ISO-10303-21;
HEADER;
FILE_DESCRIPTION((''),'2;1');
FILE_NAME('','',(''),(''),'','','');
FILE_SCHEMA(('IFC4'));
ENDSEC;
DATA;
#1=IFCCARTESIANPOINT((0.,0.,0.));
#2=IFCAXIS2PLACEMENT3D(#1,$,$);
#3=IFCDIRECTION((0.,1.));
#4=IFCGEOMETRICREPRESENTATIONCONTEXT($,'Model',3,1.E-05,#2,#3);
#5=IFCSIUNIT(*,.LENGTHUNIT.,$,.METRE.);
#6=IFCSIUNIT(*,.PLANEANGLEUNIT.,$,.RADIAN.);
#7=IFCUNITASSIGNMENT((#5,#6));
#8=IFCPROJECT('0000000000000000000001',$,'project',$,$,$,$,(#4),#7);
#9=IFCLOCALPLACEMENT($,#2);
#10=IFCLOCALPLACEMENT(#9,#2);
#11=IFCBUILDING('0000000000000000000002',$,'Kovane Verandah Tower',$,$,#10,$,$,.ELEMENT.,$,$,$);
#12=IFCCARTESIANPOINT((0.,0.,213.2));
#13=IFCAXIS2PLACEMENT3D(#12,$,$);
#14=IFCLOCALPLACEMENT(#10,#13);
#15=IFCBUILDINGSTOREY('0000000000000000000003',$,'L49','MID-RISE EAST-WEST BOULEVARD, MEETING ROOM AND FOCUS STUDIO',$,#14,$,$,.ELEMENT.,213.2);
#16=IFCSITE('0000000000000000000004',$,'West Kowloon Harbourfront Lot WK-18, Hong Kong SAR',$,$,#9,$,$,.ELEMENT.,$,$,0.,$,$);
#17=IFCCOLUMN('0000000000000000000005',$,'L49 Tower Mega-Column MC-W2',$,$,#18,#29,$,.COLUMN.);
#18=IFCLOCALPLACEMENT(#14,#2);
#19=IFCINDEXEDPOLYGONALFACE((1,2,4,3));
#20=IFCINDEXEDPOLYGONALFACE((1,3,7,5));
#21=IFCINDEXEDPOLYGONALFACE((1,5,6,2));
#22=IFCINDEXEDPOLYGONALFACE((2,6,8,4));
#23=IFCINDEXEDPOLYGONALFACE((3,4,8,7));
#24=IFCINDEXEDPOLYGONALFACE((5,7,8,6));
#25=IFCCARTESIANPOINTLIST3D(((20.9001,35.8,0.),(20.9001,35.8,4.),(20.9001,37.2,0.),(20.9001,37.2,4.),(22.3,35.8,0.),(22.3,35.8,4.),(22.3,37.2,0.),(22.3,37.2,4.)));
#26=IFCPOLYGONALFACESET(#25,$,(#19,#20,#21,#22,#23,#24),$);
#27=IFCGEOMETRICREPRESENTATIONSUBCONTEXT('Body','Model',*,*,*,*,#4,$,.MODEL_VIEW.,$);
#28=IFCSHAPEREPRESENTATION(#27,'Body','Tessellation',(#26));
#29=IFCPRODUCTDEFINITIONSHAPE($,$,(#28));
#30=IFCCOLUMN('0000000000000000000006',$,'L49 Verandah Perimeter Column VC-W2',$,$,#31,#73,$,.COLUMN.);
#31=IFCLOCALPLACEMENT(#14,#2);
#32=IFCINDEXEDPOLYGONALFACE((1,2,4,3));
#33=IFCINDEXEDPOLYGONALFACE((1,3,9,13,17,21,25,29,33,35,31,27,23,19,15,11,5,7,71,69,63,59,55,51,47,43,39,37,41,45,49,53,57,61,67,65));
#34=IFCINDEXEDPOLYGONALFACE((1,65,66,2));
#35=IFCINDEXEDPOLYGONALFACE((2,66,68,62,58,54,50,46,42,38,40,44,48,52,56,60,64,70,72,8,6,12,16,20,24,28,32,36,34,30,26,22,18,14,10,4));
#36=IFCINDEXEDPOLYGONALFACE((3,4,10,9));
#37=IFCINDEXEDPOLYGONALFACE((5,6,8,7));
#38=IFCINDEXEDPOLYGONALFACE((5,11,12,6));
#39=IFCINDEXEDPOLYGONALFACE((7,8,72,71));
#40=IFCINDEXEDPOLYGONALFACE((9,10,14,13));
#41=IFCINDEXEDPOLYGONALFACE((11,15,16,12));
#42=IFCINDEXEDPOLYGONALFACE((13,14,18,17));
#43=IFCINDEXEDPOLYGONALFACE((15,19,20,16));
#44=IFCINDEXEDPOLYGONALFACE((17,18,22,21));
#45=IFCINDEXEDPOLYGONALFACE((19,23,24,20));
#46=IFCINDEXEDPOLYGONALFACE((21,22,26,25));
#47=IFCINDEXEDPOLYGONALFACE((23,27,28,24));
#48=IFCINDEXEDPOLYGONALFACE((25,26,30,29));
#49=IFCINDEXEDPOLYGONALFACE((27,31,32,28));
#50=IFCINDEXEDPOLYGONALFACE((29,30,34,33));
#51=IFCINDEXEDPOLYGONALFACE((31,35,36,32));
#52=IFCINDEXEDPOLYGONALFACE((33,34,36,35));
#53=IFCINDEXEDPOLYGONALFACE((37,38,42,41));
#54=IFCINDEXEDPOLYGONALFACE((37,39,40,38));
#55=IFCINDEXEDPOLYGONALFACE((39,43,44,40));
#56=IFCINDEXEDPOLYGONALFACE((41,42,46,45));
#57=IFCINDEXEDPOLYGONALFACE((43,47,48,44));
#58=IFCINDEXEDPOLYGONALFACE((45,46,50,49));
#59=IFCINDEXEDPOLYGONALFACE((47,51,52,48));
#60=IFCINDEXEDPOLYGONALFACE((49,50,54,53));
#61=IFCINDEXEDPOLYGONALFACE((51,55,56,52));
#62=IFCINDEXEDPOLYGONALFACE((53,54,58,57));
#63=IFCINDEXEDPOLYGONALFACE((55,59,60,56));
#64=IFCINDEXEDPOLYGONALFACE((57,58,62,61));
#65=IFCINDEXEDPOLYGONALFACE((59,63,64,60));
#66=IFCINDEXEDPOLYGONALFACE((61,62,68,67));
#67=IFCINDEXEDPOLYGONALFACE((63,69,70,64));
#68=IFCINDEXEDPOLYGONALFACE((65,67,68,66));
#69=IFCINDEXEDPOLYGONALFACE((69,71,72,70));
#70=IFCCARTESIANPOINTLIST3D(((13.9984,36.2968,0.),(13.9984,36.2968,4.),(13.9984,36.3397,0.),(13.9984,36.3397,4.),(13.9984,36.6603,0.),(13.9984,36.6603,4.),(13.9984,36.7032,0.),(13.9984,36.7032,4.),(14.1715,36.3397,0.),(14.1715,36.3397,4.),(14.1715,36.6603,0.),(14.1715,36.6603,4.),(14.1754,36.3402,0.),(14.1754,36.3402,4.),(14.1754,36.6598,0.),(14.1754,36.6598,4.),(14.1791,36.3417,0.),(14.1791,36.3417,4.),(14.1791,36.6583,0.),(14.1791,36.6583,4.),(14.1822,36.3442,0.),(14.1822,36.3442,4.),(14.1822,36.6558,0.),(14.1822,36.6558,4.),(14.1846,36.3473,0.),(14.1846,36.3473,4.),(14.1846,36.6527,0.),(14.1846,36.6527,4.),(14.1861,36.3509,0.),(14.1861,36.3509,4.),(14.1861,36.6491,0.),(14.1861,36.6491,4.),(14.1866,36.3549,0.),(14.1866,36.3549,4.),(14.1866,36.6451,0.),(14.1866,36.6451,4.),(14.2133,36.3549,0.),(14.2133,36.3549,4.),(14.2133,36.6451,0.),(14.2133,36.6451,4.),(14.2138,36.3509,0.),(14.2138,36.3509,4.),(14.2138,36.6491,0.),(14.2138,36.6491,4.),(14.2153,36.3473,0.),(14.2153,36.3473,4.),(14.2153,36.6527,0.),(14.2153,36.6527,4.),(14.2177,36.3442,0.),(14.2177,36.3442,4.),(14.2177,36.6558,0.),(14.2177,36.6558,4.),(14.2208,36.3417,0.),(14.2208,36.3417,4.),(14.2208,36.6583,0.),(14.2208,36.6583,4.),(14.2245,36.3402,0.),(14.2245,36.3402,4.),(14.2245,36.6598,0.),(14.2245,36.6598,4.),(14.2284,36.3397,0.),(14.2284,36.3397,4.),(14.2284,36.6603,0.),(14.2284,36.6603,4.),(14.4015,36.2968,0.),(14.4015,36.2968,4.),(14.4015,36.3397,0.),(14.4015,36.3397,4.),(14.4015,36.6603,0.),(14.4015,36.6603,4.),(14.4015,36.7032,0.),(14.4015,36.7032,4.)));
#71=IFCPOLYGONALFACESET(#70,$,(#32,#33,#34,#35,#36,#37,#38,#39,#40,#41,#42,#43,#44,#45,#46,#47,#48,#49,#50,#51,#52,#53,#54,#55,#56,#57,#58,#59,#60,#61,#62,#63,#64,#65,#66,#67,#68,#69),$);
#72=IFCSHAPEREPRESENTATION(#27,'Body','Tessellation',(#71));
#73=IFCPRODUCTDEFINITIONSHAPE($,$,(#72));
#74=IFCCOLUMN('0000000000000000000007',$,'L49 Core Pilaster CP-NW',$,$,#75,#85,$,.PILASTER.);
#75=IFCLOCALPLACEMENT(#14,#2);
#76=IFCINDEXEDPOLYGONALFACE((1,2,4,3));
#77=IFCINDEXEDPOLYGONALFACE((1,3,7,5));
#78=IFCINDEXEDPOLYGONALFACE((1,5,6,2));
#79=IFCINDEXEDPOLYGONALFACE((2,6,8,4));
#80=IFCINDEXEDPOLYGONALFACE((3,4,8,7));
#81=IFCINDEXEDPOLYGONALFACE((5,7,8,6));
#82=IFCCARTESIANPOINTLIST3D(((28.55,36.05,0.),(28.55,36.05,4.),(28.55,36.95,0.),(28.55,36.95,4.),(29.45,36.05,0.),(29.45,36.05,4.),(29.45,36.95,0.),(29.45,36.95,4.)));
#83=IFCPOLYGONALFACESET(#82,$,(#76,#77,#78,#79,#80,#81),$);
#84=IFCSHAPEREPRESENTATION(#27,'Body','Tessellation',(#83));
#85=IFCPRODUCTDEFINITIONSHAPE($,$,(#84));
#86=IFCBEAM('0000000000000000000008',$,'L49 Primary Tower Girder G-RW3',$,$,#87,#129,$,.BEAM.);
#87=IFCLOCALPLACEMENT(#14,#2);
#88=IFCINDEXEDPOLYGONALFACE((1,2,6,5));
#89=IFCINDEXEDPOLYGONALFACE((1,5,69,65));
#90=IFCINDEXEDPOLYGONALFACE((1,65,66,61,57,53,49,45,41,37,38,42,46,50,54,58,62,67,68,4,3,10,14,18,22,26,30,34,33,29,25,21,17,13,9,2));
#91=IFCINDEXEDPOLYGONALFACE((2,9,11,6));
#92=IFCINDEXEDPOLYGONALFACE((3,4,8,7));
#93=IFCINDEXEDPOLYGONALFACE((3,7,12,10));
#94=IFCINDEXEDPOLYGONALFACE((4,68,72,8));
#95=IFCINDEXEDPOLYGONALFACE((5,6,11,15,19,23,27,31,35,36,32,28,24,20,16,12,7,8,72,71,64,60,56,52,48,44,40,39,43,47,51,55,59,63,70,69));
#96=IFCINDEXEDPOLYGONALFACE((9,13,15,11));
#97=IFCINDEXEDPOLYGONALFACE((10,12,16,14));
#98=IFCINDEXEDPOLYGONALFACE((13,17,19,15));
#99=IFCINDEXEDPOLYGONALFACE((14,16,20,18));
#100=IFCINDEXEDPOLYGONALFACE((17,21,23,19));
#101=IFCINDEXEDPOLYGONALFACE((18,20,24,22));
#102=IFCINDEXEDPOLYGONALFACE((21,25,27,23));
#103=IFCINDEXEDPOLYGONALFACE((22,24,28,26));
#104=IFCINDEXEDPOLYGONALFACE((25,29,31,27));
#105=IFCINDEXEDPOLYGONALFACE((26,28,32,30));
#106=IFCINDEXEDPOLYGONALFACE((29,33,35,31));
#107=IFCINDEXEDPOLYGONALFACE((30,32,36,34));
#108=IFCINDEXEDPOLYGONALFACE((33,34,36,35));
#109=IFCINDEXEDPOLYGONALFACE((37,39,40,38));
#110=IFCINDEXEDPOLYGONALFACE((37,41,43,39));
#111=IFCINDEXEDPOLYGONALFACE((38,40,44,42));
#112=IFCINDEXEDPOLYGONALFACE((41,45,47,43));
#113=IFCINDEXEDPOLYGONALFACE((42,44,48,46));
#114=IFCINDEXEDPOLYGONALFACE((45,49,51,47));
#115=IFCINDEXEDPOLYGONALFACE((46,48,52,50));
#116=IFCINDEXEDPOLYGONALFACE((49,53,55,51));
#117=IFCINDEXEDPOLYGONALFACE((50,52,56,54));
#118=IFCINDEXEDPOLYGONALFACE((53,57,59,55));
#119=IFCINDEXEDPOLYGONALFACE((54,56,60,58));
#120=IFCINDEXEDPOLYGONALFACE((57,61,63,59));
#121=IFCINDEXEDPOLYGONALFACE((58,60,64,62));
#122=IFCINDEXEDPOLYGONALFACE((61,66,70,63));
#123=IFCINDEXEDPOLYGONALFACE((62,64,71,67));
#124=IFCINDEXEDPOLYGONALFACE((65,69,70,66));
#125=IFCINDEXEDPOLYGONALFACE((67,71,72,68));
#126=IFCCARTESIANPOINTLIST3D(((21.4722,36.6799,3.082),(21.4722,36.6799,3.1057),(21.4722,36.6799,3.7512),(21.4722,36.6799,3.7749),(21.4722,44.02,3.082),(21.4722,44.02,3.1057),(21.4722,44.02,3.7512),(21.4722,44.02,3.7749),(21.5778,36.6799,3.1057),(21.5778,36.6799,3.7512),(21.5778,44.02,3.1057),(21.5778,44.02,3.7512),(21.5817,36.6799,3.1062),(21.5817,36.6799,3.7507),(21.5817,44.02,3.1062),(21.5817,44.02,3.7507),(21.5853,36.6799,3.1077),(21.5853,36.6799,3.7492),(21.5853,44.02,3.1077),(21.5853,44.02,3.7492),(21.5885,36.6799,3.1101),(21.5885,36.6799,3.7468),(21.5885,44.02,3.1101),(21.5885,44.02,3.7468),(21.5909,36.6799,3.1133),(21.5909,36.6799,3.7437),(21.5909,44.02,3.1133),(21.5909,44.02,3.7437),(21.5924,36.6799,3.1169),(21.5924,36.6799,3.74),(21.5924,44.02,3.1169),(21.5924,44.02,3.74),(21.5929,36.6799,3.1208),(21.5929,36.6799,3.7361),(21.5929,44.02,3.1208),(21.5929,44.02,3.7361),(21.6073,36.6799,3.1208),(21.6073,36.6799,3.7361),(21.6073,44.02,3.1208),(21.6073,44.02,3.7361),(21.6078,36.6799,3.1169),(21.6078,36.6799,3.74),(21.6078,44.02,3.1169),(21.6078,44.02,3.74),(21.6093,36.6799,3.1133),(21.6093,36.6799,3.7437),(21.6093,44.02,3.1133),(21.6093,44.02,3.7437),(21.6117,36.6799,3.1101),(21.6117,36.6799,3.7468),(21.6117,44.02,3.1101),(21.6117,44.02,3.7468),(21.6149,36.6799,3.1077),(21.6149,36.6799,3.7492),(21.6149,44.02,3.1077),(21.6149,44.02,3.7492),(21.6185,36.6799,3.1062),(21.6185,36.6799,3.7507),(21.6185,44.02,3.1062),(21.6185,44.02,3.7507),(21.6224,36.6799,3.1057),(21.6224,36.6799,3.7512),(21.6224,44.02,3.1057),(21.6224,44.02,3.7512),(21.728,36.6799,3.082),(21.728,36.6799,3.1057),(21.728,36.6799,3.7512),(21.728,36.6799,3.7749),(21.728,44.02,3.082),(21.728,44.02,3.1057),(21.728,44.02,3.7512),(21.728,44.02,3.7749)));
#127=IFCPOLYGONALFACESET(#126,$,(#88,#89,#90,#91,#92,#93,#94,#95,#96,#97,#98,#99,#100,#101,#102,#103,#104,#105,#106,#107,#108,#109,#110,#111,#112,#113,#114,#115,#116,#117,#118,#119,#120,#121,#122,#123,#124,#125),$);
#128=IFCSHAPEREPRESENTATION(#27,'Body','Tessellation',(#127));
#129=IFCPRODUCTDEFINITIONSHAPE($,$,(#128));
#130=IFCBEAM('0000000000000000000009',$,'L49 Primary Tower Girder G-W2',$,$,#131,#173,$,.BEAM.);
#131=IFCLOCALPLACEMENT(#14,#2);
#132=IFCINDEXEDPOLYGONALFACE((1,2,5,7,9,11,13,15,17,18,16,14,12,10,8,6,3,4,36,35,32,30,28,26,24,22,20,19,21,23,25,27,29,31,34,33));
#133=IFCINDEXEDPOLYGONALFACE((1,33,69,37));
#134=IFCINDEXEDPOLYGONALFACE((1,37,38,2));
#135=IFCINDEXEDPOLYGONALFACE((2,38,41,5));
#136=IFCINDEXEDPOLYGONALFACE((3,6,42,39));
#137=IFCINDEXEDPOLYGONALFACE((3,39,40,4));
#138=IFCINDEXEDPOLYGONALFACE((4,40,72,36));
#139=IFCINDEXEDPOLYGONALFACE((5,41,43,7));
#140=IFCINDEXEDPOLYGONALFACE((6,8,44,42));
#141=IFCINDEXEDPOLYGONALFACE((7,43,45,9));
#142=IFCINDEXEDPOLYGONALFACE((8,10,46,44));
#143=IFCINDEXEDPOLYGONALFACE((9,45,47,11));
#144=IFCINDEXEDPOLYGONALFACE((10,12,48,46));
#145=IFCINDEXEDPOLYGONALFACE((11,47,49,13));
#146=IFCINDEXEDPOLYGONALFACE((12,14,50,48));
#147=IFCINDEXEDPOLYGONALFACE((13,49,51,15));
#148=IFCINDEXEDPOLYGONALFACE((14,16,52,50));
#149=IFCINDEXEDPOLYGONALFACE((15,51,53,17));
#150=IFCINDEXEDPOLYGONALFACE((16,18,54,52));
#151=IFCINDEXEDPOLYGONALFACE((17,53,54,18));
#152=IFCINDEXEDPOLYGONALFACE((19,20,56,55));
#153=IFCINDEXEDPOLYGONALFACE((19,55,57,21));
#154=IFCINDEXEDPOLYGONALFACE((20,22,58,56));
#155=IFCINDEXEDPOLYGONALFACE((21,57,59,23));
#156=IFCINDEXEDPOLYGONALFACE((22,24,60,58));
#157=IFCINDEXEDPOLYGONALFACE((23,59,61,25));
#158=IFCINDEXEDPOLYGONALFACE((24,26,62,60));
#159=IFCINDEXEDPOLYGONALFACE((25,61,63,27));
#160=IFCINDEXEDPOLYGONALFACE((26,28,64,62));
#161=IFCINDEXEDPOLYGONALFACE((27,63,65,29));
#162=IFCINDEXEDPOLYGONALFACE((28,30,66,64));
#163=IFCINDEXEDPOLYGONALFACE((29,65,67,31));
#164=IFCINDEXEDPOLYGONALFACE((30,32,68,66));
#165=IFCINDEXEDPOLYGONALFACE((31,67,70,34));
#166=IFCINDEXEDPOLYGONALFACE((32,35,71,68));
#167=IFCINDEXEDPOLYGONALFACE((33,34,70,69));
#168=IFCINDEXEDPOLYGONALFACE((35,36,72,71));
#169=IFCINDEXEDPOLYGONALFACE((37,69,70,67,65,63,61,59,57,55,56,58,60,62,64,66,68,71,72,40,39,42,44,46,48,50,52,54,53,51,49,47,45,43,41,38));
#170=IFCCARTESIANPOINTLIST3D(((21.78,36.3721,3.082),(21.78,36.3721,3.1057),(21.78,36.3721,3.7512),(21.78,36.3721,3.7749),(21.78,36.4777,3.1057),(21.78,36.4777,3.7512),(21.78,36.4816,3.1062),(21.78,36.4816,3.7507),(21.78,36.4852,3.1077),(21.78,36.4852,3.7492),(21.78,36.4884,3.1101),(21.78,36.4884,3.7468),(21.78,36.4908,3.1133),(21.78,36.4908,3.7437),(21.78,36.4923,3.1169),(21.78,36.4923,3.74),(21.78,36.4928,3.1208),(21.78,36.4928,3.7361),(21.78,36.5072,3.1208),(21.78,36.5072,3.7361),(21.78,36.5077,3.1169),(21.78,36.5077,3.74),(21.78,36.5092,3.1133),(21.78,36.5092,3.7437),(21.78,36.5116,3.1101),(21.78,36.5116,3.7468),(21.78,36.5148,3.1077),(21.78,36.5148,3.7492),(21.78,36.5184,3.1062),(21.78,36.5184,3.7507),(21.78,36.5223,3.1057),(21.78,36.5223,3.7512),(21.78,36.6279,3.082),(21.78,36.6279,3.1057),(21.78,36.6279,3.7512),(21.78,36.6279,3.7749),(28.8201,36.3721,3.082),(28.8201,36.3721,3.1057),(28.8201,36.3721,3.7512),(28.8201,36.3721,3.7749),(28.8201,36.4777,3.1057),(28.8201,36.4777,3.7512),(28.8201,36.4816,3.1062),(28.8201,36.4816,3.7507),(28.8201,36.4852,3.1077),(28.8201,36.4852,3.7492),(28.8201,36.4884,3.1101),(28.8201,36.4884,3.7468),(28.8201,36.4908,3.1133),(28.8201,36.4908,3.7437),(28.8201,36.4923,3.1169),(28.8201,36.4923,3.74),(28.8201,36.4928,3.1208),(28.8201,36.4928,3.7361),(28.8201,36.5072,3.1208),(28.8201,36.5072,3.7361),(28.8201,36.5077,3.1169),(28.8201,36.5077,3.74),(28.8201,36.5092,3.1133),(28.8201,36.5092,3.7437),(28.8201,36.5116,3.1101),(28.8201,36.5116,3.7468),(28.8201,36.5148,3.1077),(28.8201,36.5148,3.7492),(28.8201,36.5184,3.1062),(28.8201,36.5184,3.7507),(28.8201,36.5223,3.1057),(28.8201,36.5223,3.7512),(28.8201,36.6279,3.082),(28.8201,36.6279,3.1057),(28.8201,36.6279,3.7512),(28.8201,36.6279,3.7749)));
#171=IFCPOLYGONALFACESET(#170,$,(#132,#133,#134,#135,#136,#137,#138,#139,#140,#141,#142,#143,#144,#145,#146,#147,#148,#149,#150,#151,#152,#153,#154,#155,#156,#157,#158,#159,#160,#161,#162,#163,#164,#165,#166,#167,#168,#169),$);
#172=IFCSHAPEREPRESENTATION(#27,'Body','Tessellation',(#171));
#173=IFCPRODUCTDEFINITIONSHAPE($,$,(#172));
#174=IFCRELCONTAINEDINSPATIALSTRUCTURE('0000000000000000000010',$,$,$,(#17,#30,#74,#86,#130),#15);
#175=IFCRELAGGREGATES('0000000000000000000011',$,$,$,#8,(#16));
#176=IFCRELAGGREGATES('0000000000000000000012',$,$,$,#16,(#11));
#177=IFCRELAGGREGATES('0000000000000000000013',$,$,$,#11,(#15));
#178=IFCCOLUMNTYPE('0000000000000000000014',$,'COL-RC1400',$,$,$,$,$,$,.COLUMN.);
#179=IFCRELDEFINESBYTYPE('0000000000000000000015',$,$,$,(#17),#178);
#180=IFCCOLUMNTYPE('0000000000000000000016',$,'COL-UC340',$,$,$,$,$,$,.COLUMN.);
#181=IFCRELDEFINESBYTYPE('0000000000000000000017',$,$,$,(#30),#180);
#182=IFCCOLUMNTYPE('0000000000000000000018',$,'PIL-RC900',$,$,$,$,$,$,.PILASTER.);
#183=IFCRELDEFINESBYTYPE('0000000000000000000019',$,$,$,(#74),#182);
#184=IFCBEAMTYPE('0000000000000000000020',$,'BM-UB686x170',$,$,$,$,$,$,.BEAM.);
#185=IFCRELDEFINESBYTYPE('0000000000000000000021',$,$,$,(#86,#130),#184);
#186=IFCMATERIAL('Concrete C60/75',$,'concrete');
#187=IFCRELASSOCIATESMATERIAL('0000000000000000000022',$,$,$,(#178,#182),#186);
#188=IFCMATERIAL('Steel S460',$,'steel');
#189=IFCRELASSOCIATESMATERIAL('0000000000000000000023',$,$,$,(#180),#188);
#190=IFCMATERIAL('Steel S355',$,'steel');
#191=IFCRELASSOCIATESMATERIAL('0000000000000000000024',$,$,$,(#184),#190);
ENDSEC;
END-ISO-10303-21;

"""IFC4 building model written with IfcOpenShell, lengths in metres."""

from ifc_helpers import new_model, si_unit, direction, frame, origin, origin_2d, place, context, subcontext, project, spatial, rectangle, i_section, extrude, material, material_profile, profile_set, type_object, element, save


model = new_model("IFC4")

# Units and contexts
model_context = context("Model", 3, precision=1e-05, world=origin(), true_north=direction((0.0, 1.0)))
body_context = subcontext(model_context, "Body", "Model", "MODEL_VIEW")
ifc_project = project(units=[si_unit("LENGTHUNIT", "METRE"), si_unit("PLANEANGLEUNIT", "RADIAN")], contexts=[model_context])

# Site, building, storey
site_placement = place(None, origin())
site = spatial("IfcSite", under=ifc_project, at=site_placement, Name="West Kowloon Harbourfront Lot WK-18, Hong Kong SAR", CompositionType="ELEMENT", RefElevation=0.0)
building_placement = place(site_placement, origin())
building = spatial("IfcBuilding", under=site, at=building_placement, Name="Kovane Verandah Tower", CompositionType="ELEMENT")
storey_placement = place(building_placement, frame((0.0, 0.0, 213.2)))
storey = spatial("IfcBuildingStorey", under=building, at=storey_placement, Name="L49", Description="MID-RISE EAST-WEST BOULEVARD, MEETING ROOM AND FOCUS STUDIO", CompositionType="ELEMENT", Elevation=213.2)

# Columns
ifc_material_1 = material(Name="Concrete C60/75", Category="concrete")
ifc_material_profile_1 = material_profile(ifc_material_1, rectangle(XDim=1.3999, YDim=1.3999, at=origin_2d()), Name="RC1400x1400")
ifc_profile_set_1 = profile_set([ifc_material_profile_1], Name="Concrete C60/75")
column_type_1 = type_object("IfcColumnType", Name="COL-RC1400", PredefinedType="COLUMN", material=ifc_profile_set_1)
column_1_placement = place(storey_placement, frame((21.6001, 36.5, 0.0), z_axis=(0.0, 0.0, 1.0), x_axis=(1.0, 0.0, 0.0)))
element("IfcColumn", 1, at=column_1_placement, inside=storey, type_object=column_type_1, Name="L49 Tower Mega-Column MC-W2", PredefinedType="COLUMN", context=body_context, shape_type="SweptSolid", body=[
    extrude(rectangle(XDim=1.3999, YDim=1.3999, at=origin_2d()), origin(), (0.0, 0.0, 1.0), 4.0),
])
ifc_material_2 = material(Name="Steel S460", Category="steel")
ifc_material_profile_2 = material_profile(ifc_material_2, i_section(OverallWidth=0.4031, OverallDepth=0.4065, WebThickness=0.0266, FlangeThickness=0.043, FilletRadius=0.0151, at=origin_2d()), Name="UC356x406x340")
ifc_profile_set_2 = profile_set([ifc_material_profile_2], Name="Steel S460")
column_type_2 = type_object("IfcColumnType", Name="COL-UC340", PredefinedType="COLUMN", material=ifc_profile_set_2)
column_2_placement = place(storey_placement, frame((14.2, 36.5, 0.0), z_axis=(0.0, 0.0, 1.0), x_axis=(1.0, 0.0, 0.0)))
element("IfcColumn", 2, at=column_2_placement, inside=storey, type_object=column_type_2, Name="L49 Verandah Perimeter Column VC-W2", PredefinedType="COLUMN", context=body_context, shape_type="SweptSolid", body=[
    extrude(i_section(OverallWidth=0.4031, OverallDepth=0.4065, WebThickness=0.0266, FlangeThickness=0.043, FilletRadius=0.0151, at=origin_2d()), origin(), (0.0, 0.0, 1.0), 4.0),
])
ifc_material_profile_3 = material_profile(ifc_material_1, rectangle(XDim=0.8999, YDim=0.8999, at=origin_2d()), Name="RC900x900")
ifc_profile_set_3 = profile_set([ifc_material_profile_3], Name="Concrete C60/75")
column_type_3 = type_object("IfcColumnType", Name="PIL-RC900", PredefinedType="PILASTER", material=ifc_profile_set_3)
column_3_placement = place(storey_placement, frame((29.0, 36.5, 0.0), z_axis=(0.0, 0.0, 1.0), x_axis=(1.0, 0.0, 0.0)))
element("IfcColumn", 3, at=column_3_placement, inside=storey, type_object=column_type_3, Name="L49 Core Pilaster CP-NW", PredefinedType="PILASTER", context=body_context, shape_type="SweptSolid", body=[
    extrude(rectangle(XDim=0.8999, YDim=0.8999, at=origin_2d()), origin(), (0.0, 0.0, 1.0), 4.0),
])

# Beams
ifc_material_3 = material(Name="Steel S355", Category="steel")
ifc_material_profile_4 = material_profile(ifc_material_3, i_section(OverallWidth=0.2559, OverallDepth=0.6929, WebThickness=0.0144, FlangeThickness=0.0237, FilletRadius=0.0151, at=origin_2d()), Name="UB686x254x170")
ifc_profile_set_4 = profile_set([ifc_material_profile_4], Name="Steel S355")
beam_type_1 = type_object("IfcBeamType", Name="BM-UB686x170", PredefinedType="BEAM", material=ifc_profile_set_4)
beam_1_placement = place(storey_placement, frame((21.6001, 36.6799, 3.4285), z_axis=(0.0, 1.0, 0.0), x_axis=(-1.0, 0.0, 0.0)))
element("IfcBeam", 4, at=beam_1_placement, inside=storey, type_object=beam_type_1, Name="L49 Primary Tower Girder G-RW3", PredefinedType="BEAM", context=body_context, shape_type="SweptSolid", body=[
    extrude(i_section(OverallWidth=0.2559, OverallDepth=0.6929, WebThickness=0.0144, FlangeThickness=0.0237, FilletRadius=0.0151, at=origin_2d()), origin(), (0.0, 0.0, 1.0), 7.3401),
])
beam_2_placement = place(storey_placement, frame((28.8201, 36.5, 3.4285), z_axis=(-1.0, 0.0, 0.0), x_axis=(0.0, -1.0, 0.0)))
element("IfcBeam", 5, at=beam_2_placement, inside=storey, type_object=beam_type_1, Name="L49 Primary Tower Girder G-W2", PredefinedType="BEAM", context=body_context, shape_type="SweptSolid", body=[
    extrude(i_section(OverallWidth=0.2559, OverallDepth=0.6929, WebThickness=0.0144, FlangeThickness=0.0237, FilletRadius=0.0151, at=origin_2d()), origin(), (0.0, 0.0, 1.0), 7.04),
])

save(model, "model.ifc")
